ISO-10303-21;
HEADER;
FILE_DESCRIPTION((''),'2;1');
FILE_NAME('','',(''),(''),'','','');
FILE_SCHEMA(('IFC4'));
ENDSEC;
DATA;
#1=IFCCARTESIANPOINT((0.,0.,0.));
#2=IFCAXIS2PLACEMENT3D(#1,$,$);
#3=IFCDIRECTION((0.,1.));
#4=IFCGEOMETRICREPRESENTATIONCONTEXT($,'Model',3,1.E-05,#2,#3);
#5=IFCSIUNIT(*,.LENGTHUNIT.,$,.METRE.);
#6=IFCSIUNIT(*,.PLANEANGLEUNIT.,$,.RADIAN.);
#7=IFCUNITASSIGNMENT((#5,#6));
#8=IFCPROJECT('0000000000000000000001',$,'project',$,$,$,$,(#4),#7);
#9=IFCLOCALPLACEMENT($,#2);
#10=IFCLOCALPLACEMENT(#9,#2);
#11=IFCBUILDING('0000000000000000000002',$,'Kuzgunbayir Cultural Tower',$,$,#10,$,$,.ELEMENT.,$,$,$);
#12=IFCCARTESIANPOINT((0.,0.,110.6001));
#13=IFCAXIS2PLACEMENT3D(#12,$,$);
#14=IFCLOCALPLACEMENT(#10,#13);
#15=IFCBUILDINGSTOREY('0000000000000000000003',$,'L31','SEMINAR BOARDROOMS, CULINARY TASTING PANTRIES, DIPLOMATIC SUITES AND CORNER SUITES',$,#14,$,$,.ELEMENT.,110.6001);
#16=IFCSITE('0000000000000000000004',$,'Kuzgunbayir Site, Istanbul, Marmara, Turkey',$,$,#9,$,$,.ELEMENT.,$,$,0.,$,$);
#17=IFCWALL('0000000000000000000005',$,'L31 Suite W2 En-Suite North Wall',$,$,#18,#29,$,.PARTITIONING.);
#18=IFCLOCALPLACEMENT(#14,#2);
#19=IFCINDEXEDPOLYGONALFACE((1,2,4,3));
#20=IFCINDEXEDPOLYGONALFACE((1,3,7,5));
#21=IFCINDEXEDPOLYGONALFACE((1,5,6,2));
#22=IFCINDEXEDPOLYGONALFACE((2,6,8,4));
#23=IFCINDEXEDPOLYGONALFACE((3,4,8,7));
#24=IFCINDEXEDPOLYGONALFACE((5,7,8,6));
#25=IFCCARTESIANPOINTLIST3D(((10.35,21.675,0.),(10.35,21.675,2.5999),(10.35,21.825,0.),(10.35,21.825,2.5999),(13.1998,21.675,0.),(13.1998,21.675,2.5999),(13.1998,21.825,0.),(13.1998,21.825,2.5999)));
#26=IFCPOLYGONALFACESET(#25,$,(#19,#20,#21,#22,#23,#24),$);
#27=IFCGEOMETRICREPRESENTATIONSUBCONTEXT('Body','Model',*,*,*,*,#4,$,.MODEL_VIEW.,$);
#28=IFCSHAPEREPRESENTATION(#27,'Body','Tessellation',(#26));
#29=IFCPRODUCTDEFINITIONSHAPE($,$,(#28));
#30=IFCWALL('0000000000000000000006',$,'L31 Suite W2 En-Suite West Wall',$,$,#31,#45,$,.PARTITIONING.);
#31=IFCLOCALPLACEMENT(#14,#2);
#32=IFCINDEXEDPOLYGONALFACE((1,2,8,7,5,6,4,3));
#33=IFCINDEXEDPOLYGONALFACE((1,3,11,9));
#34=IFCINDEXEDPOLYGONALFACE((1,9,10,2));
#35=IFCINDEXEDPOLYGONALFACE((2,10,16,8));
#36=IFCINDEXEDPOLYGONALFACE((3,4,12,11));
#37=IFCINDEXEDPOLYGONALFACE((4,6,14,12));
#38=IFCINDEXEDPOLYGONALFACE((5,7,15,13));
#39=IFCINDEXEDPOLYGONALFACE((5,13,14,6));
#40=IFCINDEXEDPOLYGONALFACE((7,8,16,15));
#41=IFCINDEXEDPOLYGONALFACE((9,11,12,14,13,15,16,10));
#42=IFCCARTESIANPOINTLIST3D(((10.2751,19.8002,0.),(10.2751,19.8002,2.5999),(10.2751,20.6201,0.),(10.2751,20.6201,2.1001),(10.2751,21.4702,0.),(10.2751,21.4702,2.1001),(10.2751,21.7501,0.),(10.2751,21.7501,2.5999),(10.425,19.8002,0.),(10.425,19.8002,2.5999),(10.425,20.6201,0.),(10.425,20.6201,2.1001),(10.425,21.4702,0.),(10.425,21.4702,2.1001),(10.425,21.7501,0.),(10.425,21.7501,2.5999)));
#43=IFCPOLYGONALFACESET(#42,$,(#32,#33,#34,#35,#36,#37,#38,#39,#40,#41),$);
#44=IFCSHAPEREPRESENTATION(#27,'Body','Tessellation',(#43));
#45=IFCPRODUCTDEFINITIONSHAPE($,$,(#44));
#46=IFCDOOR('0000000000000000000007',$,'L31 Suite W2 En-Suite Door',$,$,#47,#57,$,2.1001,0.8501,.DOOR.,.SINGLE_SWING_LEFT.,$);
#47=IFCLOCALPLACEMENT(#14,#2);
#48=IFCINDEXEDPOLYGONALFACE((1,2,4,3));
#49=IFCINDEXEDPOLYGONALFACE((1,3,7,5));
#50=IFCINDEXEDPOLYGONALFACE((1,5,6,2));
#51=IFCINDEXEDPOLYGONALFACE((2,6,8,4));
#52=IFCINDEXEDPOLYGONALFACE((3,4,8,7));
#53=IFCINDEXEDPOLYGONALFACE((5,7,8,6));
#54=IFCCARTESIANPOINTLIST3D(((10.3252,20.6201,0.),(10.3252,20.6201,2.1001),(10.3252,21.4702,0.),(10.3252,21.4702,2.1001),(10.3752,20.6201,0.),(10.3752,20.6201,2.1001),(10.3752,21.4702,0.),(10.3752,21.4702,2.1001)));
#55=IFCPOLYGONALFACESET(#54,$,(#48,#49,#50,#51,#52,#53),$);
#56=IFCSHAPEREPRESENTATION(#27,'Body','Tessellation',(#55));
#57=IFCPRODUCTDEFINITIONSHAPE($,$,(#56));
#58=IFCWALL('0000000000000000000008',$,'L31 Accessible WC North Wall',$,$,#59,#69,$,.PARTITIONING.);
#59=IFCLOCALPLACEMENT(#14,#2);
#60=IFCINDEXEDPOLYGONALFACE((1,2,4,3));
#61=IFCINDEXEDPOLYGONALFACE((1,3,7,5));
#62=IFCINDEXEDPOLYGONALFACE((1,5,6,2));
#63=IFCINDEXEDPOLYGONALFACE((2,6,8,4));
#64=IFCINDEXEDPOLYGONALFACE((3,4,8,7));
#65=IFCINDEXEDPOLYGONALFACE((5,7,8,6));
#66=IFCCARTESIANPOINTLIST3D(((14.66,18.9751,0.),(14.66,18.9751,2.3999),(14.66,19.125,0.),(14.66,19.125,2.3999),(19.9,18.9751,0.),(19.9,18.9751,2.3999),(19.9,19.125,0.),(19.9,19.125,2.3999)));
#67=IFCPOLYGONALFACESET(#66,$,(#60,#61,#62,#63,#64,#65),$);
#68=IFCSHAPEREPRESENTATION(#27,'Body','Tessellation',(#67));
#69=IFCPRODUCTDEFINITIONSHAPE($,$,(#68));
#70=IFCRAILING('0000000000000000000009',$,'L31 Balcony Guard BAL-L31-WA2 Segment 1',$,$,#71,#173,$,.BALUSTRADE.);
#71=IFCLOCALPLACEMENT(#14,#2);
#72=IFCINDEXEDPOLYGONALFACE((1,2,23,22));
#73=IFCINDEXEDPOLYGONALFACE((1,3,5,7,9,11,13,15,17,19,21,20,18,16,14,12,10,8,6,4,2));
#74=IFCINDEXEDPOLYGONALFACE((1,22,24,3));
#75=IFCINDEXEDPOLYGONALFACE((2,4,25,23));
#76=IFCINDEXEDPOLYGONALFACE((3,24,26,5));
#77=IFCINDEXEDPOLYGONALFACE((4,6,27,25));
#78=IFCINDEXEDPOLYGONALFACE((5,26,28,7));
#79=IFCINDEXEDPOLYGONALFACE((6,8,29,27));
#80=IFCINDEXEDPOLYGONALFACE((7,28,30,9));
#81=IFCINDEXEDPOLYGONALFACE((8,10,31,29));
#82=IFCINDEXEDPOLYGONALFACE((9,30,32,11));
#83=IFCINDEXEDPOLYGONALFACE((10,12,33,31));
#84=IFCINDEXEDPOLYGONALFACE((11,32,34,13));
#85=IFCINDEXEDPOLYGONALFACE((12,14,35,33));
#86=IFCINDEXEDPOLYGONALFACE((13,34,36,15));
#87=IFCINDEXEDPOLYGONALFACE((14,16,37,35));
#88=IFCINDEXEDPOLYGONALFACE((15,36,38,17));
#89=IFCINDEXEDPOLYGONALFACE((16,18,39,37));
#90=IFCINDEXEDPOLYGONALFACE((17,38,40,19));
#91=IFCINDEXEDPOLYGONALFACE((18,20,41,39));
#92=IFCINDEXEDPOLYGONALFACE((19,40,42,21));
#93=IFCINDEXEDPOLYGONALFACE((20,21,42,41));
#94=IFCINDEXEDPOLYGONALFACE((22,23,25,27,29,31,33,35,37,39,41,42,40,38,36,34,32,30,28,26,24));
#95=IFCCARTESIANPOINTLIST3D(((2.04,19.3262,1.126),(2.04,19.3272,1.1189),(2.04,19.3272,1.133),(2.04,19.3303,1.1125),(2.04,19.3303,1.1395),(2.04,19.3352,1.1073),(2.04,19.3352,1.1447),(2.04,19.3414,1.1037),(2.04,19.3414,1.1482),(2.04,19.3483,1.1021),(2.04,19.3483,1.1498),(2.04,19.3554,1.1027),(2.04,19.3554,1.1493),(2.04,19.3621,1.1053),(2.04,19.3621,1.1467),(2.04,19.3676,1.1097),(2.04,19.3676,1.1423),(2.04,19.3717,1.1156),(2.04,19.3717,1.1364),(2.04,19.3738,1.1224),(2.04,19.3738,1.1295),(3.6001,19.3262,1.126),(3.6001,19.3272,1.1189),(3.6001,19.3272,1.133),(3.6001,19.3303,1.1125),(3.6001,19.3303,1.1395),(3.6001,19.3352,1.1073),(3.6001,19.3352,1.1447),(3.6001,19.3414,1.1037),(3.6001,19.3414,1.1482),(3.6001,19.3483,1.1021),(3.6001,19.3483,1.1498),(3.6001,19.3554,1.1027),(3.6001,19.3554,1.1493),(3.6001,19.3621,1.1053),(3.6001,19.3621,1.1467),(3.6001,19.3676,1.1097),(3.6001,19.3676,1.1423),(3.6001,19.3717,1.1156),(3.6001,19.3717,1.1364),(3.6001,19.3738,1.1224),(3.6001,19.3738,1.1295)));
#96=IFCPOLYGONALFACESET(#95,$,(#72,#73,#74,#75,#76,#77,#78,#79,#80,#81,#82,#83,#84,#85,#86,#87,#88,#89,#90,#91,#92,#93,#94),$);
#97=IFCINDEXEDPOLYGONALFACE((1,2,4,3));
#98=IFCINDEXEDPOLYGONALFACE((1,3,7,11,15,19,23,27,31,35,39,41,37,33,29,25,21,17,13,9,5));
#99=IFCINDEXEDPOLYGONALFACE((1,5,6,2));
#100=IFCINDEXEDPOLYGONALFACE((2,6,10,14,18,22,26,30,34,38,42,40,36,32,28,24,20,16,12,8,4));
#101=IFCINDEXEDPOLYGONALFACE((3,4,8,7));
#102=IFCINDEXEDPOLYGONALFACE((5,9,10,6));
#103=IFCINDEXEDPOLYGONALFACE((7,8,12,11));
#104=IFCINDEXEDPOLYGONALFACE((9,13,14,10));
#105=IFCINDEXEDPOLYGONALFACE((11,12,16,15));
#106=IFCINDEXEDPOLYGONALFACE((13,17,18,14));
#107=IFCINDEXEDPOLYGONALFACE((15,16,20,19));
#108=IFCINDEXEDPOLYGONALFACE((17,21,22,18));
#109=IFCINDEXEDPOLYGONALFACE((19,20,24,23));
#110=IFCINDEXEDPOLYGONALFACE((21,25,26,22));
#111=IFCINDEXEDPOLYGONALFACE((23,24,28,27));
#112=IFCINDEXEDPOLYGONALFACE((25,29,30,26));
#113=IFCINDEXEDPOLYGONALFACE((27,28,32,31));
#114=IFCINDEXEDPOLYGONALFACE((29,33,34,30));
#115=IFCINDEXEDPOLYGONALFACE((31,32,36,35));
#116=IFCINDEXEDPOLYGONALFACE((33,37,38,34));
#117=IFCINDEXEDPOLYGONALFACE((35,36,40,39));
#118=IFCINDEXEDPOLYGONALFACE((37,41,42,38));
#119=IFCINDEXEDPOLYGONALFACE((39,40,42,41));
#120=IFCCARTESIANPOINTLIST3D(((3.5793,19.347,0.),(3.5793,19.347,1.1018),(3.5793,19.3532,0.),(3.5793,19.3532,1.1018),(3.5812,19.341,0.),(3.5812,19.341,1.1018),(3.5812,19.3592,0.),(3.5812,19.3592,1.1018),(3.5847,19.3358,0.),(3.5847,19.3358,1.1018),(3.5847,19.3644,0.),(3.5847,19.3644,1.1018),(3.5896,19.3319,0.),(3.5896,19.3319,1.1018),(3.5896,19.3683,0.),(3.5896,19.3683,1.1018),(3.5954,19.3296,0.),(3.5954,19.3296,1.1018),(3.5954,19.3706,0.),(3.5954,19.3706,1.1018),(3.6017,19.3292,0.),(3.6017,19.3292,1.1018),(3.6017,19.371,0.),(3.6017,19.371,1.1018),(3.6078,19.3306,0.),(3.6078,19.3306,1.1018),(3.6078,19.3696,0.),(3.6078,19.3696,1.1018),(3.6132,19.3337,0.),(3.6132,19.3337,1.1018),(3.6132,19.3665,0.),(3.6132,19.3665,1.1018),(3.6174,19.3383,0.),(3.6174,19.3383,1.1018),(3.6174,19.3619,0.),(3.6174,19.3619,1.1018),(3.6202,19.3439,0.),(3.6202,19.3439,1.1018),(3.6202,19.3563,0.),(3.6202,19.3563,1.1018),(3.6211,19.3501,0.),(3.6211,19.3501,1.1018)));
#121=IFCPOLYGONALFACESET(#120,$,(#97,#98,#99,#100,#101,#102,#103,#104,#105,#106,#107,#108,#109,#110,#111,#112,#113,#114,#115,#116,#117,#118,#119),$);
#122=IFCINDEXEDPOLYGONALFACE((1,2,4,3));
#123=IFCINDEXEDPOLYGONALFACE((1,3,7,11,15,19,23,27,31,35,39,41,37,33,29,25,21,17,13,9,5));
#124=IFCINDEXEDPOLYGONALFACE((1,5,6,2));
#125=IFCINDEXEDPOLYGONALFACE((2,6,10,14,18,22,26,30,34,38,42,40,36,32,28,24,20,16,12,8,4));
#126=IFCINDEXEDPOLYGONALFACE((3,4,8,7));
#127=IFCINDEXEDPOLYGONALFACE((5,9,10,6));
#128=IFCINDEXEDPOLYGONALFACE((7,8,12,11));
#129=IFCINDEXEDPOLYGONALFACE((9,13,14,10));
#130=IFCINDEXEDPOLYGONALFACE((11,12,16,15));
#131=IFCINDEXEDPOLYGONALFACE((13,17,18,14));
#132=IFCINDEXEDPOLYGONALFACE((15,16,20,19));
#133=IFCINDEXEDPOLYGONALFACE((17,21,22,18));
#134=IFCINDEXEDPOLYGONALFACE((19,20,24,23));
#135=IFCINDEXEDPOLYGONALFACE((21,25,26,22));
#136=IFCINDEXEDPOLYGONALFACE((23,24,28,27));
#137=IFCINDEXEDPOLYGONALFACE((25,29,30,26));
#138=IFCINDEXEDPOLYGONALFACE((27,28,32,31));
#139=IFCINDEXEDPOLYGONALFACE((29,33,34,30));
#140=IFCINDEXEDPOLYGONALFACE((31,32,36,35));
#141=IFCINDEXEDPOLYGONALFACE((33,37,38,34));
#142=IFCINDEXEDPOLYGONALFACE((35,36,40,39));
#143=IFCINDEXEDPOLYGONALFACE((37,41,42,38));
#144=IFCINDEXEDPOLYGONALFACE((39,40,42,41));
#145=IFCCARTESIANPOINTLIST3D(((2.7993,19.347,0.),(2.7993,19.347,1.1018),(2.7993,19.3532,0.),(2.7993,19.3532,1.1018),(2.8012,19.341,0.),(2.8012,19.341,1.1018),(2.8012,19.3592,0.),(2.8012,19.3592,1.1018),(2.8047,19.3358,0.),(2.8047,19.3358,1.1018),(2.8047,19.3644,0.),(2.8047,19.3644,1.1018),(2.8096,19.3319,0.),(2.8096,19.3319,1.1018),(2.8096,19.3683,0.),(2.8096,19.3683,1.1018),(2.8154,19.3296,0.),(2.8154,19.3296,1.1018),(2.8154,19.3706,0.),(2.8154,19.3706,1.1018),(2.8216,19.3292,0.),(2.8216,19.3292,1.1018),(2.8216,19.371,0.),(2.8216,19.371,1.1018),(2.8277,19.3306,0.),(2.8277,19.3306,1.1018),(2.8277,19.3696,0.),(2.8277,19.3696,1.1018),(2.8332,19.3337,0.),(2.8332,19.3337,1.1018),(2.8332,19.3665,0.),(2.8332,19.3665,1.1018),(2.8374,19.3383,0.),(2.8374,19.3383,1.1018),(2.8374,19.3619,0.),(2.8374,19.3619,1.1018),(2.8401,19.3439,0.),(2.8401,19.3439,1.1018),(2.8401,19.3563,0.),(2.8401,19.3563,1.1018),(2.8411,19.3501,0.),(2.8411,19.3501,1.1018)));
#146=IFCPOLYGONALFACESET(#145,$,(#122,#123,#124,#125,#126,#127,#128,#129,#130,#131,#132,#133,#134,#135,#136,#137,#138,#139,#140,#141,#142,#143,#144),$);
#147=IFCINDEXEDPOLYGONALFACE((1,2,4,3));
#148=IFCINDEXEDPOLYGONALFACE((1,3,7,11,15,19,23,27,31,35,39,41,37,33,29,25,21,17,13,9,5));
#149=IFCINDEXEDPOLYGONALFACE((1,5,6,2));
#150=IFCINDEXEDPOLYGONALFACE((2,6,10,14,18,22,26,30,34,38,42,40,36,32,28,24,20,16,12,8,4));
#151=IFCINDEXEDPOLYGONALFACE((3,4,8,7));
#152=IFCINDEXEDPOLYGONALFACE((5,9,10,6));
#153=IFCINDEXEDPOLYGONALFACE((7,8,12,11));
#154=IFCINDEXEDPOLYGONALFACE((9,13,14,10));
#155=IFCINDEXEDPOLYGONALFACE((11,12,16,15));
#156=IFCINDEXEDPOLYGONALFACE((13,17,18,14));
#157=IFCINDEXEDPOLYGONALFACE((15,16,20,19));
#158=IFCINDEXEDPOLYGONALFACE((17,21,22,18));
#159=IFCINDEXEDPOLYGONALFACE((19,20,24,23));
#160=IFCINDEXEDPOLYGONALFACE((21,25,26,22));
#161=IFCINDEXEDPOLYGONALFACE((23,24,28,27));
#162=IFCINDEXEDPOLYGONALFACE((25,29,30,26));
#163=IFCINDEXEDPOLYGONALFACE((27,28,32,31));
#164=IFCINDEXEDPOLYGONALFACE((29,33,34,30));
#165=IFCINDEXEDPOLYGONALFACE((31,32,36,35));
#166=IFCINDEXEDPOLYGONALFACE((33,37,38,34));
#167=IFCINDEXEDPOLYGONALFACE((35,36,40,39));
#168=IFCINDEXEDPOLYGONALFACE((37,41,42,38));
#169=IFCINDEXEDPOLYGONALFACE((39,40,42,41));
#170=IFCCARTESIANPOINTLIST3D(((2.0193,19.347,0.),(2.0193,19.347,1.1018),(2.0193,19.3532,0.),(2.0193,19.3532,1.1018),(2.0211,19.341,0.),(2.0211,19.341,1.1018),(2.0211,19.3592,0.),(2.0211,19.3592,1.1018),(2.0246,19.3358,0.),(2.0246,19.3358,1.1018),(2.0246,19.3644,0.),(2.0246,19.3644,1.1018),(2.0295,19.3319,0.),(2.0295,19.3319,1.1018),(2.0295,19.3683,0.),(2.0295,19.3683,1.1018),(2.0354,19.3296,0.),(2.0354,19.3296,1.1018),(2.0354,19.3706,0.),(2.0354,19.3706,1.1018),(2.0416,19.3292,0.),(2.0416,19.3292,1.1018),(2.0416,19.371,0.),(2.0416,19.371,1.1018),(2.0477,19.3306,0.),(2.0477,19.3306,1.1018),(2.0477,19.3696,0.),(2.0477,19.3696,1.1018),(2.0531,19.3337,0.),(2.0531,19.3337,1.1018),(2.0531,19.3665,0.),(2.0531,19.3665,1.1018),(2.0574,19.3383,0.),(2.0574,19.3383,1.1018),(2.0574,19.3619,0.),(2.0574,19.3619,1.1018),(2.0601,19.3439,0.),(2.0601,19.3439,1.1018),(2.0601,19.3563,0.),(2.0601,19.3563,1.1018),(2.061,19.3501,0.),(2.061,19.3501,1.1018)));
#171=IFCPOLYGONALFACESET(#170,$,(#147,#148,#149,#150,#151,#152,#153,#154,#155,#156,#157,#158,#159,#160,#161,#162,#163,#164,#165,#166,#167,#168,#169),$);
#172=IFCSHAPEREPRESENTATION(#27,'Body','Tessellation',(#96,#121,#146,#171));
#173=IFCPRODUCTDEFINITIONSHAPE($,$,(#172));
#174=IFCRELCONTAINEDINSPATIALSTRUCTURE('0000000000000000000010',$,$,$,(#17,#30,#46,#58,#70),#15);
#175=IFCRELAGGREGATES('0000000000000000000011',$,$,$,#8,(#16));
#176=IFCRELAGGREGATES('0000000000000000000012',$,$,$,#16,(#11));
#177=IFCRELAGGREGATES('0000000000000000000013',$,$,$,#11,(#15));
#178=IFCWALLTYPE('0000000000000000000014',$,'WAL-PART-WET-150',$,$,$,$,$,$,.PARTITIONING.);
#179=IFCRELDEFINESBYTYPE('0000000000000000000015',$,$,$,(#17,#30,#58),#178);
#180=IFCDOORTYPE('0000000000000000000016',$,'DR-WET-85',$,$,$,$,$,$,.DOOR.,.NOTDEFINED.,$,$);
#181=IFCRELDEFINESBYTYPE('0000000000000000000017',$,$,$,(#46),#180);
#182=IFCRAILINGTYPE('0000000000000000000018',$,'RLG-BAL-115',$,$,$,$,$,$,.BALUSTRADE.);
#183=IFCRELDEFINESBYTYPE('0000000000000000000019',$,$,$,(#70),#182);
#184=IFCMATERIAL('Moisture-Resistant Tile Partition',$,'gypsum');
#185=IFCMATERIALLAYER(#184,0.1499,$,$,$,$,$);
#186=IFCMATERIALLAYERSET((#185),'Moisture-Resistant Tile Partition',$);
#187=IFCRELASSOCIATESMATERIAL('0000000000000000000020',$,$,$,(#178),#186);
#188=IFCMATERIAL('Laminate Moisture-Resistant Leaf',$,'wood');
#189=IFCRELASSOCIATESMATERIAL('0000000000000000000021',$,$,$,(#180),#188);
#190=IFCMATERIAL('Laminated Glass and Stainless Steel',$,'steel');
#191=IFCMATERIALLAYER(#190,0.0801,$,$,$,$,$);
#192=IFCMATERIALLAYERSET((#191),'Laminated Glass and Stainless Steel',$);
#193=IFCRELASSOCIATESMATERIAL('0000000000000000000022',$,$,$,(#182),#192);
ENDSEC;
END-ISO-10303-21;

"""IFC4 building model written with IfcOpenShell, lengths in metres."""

from ifc_helpers import new_model, si_unit, direction, frame, frame_2d, origin, origin_2d, place, context, subcontext, project, spatial, rectangle, circle, extrude, material, layer, layer_set, type_object, element, fill, save


model = new_model("IFC4")

# Units and contexts
model_context = context("Model", 3, precision=1e-05, world=origin(), true_north=direction((0.0, 1.0)))
body_context = subcontext(model_context, "Body", "Model", "MODEL_VIEW")
ifc_project = project(units=[si_unit("LENGTHUNIT", "METRE"), si_unit("PLANEANGLEUNIT", "RADIAN")], contexts=[model_context])

# Site, building, storey
site_placement = place(None, origin())
site = spatial("IfcSite", under=ifc_project, at=site_placement, Name="Kuzgunbayir Site, Istanbul, Marmara, Turkey", CompositionType="ELEMENT", RefElevation=0.0)
building_placement = place(site_placement, origin())
building = spatial("IfcBuilding", under=site, at=building_placement, Name="Kuzgunbayir Cultural Tower", CompositionType="ELEMENT")
storey_placement = place(building_placement, frame((0.0, 0.0, 110.6001)))
storey = spatial("IfcBuildingStorey", under=building, at=storey_placement, Name="L31", Description="SEMINAR BOARDROOMS, CULINARY TASTING PANTRIES, DIPLOMATIC SUITES AND CORNER SUITES", CompositionType="ELEMENT", Elevation=110.6001)

# Wall
ifc_material_1 = material(Name="Moisture-Resistant Tile Partition", Category="gypsum")
ifc_layer_1 = layer(ifc_material_1, 0.1499)
ifc_layer_set_1 = layer_set([ifc_layer_1], Name="Moisture-Resistant Tile Partition")
wall_type_1 = type_object("IfcWallType", Name="WAL-PART-WET-150", PredefinedType="PARTITIONING", material=ifc_layer_set_1)
wall_1_placement = place(storey_placement, frame((10.3501, 21.75, 0.0), z_axis=(0.0, 0.0, 1.0), x_axis=(1.0, 0.0, 0.0)))
element("IfcWall", 1, at=wall_1_placement, inside=storey, type_object=wall_type_1, Name="L31 Suite W2 En-Suite North Wall", PredefinedType="PARTITIONING", context=body_context, shape_type="SweptSolid", body=[
    extrude(rectangle(XDim=2.8499, YDim=0.1499, at=frame_2d((1.4248, 0.0))), origin(), (0.0, 0.0, 1.0), 2.5999),
])

# Wall, opening, door
wall_2_placement = place(storey_placement, frame((10.3501, 19.8, 0.0), z_axis=(0.0, 0.0, 1.0), x_axis=(0.0, 1.0, 0.0)))
wall_2 = element("IfcWall", 2, at=wall_2_placement, inside=storey, type_object=wall_type_1, Name="L31 Suite W2 En-Suite West Wall", PredefinedType="PARTITIONING", context=body_context, shape_type="SweptSolid", body=[
    extrude(rectangle(XDim=1.95, YDim=0.1499, at=frame_2d((0.9751, 0.0))), origin(), (0.0, 0.0, 1.0), 2.5999),
])
opening_placement = place(wall_2_placement, frame((0.8201, 0.0, 0.0)))
opening = element("IfcOpeningElement", 3, at=opening_placement, cuts=wall_2, PredefinedType="OPENING", context=body_context, shape_type="SweptSolid", body=[
    extrude(rectangle(XDim=0.8501, YDim=2.1001, at=frame_2d((0.425, 1.05))), frame((0.0, 0.085, 0.0), z_axis=(0.0, -1.0, 0.0), x_axis=(1.0, 0.0, 0.0)), (0.0, 0.0, 1.0), 0.1699),
])
ifc_material_2 = material(Name="Laminate Moisture-Resistant Leaf", Category="wood")
door_type = type_object("IfcDoorType", Name="DR-WET-85", OperationType="NOTDEFINED", PredefinedType="DOOR", material=ifc_material_2)
door_placement = place(opening_placement, origin())
door = element("IfcDoor", 4, at=door_placement, inside=storey, type_object=door_type, Name="L31 Suite W2 En-Suite Door", OperationType="SINGLE_SWING_LEFT", OverallHeight=2.1001, OverallWidth=0.8501, PredefinedType="DOOR", context=body_context, shape_type="SweptSolid", body=[
    extrude(rectangle(XDim=0.8501, YDim=2.1001, at=frame_2d((0.425, 1.05))), frame((0.0, 0.0249, 0.0), z_axis=(0.0, -1.0, 0.0), x_axis=(1.0, 0.0, 0.0)), (0.0, 0.0, 1.0), 0.05),
])
fill(opening, door)

# Wall
wall_3_placement = place(storey_placement, frame((14.6599, 19.05, 0.0), z_axis=(0.0, 0.0, 1.0), x_axis=(1.0, 0.0, 0.0)))
element("IfcWall", 5, at=wall_3_placement, inside=storey, type_object=wall_type_1, Name="L31 Accessible WC North Wall", PredefinedType="PARTITIONING", context=body_context, shape_type="SweptSolid", body=[
    extrude(rectangle(XDim=5.24, YDim=0.1499, at=frame_2d((2.6201, 0.0))), origin(), (0.0, 0.0, 1.0), 2.3999),
])

# Railing
ifc_material_3 = material(Name="Laminated Glass and Stainless Steel", Category="steel")
ifc_layer_2 = layer(ifc_material_3, 0.0801)
ifc_layer_set_2 = layer_set([ifc_layer_2], Name="Laminated Glass and Stainless Steel")
railing_type = type_object("IfcRailingType", Name="RLG-BAL-115", PredefinedType="BALUSTRADE", material=ifc_layer_set_2)
railing_1_placement = place(storey_placement, frame((3.6001, 19.3501, 0.0)))
element("IfcRailing", 6, at=railing_1_placement, inside=storey, type_object=railing_type, Name="L31 Balcony Guard BAL-L31-WA2 Segment 1", PredefinedType="BALUSTRADE", context=body_context, shape_type="SweptSolid", body=[
    extrude(circle(Radius=0.0239, at=origin_2d()), frame((0.0, 0.0, 1.126), z_axis=(-1.0, 0.0, 0.0), x_axis=(0.0, -1.0, 0.0)), (0.0, 0.0, 1.0), 1.5601),
    extrude(circle(Radius=0.021, at=origin_2d()), origin(), (0.0, 0.0, 1.0), 1.1018),
    extrude(circle(Radius=0.021, at=origin_2d()), frame((-0.78, 0.0, 0.0)), (0.0, 0.0, 1.0), 1.1018),
    extrude(circle(Radius=0.021, at=origin_2d()), frame((-1.5601, 0.0, 0.0)), (0.0, 0.0, 1.0), 1.1018),
])

save(model, "model.ifc")
